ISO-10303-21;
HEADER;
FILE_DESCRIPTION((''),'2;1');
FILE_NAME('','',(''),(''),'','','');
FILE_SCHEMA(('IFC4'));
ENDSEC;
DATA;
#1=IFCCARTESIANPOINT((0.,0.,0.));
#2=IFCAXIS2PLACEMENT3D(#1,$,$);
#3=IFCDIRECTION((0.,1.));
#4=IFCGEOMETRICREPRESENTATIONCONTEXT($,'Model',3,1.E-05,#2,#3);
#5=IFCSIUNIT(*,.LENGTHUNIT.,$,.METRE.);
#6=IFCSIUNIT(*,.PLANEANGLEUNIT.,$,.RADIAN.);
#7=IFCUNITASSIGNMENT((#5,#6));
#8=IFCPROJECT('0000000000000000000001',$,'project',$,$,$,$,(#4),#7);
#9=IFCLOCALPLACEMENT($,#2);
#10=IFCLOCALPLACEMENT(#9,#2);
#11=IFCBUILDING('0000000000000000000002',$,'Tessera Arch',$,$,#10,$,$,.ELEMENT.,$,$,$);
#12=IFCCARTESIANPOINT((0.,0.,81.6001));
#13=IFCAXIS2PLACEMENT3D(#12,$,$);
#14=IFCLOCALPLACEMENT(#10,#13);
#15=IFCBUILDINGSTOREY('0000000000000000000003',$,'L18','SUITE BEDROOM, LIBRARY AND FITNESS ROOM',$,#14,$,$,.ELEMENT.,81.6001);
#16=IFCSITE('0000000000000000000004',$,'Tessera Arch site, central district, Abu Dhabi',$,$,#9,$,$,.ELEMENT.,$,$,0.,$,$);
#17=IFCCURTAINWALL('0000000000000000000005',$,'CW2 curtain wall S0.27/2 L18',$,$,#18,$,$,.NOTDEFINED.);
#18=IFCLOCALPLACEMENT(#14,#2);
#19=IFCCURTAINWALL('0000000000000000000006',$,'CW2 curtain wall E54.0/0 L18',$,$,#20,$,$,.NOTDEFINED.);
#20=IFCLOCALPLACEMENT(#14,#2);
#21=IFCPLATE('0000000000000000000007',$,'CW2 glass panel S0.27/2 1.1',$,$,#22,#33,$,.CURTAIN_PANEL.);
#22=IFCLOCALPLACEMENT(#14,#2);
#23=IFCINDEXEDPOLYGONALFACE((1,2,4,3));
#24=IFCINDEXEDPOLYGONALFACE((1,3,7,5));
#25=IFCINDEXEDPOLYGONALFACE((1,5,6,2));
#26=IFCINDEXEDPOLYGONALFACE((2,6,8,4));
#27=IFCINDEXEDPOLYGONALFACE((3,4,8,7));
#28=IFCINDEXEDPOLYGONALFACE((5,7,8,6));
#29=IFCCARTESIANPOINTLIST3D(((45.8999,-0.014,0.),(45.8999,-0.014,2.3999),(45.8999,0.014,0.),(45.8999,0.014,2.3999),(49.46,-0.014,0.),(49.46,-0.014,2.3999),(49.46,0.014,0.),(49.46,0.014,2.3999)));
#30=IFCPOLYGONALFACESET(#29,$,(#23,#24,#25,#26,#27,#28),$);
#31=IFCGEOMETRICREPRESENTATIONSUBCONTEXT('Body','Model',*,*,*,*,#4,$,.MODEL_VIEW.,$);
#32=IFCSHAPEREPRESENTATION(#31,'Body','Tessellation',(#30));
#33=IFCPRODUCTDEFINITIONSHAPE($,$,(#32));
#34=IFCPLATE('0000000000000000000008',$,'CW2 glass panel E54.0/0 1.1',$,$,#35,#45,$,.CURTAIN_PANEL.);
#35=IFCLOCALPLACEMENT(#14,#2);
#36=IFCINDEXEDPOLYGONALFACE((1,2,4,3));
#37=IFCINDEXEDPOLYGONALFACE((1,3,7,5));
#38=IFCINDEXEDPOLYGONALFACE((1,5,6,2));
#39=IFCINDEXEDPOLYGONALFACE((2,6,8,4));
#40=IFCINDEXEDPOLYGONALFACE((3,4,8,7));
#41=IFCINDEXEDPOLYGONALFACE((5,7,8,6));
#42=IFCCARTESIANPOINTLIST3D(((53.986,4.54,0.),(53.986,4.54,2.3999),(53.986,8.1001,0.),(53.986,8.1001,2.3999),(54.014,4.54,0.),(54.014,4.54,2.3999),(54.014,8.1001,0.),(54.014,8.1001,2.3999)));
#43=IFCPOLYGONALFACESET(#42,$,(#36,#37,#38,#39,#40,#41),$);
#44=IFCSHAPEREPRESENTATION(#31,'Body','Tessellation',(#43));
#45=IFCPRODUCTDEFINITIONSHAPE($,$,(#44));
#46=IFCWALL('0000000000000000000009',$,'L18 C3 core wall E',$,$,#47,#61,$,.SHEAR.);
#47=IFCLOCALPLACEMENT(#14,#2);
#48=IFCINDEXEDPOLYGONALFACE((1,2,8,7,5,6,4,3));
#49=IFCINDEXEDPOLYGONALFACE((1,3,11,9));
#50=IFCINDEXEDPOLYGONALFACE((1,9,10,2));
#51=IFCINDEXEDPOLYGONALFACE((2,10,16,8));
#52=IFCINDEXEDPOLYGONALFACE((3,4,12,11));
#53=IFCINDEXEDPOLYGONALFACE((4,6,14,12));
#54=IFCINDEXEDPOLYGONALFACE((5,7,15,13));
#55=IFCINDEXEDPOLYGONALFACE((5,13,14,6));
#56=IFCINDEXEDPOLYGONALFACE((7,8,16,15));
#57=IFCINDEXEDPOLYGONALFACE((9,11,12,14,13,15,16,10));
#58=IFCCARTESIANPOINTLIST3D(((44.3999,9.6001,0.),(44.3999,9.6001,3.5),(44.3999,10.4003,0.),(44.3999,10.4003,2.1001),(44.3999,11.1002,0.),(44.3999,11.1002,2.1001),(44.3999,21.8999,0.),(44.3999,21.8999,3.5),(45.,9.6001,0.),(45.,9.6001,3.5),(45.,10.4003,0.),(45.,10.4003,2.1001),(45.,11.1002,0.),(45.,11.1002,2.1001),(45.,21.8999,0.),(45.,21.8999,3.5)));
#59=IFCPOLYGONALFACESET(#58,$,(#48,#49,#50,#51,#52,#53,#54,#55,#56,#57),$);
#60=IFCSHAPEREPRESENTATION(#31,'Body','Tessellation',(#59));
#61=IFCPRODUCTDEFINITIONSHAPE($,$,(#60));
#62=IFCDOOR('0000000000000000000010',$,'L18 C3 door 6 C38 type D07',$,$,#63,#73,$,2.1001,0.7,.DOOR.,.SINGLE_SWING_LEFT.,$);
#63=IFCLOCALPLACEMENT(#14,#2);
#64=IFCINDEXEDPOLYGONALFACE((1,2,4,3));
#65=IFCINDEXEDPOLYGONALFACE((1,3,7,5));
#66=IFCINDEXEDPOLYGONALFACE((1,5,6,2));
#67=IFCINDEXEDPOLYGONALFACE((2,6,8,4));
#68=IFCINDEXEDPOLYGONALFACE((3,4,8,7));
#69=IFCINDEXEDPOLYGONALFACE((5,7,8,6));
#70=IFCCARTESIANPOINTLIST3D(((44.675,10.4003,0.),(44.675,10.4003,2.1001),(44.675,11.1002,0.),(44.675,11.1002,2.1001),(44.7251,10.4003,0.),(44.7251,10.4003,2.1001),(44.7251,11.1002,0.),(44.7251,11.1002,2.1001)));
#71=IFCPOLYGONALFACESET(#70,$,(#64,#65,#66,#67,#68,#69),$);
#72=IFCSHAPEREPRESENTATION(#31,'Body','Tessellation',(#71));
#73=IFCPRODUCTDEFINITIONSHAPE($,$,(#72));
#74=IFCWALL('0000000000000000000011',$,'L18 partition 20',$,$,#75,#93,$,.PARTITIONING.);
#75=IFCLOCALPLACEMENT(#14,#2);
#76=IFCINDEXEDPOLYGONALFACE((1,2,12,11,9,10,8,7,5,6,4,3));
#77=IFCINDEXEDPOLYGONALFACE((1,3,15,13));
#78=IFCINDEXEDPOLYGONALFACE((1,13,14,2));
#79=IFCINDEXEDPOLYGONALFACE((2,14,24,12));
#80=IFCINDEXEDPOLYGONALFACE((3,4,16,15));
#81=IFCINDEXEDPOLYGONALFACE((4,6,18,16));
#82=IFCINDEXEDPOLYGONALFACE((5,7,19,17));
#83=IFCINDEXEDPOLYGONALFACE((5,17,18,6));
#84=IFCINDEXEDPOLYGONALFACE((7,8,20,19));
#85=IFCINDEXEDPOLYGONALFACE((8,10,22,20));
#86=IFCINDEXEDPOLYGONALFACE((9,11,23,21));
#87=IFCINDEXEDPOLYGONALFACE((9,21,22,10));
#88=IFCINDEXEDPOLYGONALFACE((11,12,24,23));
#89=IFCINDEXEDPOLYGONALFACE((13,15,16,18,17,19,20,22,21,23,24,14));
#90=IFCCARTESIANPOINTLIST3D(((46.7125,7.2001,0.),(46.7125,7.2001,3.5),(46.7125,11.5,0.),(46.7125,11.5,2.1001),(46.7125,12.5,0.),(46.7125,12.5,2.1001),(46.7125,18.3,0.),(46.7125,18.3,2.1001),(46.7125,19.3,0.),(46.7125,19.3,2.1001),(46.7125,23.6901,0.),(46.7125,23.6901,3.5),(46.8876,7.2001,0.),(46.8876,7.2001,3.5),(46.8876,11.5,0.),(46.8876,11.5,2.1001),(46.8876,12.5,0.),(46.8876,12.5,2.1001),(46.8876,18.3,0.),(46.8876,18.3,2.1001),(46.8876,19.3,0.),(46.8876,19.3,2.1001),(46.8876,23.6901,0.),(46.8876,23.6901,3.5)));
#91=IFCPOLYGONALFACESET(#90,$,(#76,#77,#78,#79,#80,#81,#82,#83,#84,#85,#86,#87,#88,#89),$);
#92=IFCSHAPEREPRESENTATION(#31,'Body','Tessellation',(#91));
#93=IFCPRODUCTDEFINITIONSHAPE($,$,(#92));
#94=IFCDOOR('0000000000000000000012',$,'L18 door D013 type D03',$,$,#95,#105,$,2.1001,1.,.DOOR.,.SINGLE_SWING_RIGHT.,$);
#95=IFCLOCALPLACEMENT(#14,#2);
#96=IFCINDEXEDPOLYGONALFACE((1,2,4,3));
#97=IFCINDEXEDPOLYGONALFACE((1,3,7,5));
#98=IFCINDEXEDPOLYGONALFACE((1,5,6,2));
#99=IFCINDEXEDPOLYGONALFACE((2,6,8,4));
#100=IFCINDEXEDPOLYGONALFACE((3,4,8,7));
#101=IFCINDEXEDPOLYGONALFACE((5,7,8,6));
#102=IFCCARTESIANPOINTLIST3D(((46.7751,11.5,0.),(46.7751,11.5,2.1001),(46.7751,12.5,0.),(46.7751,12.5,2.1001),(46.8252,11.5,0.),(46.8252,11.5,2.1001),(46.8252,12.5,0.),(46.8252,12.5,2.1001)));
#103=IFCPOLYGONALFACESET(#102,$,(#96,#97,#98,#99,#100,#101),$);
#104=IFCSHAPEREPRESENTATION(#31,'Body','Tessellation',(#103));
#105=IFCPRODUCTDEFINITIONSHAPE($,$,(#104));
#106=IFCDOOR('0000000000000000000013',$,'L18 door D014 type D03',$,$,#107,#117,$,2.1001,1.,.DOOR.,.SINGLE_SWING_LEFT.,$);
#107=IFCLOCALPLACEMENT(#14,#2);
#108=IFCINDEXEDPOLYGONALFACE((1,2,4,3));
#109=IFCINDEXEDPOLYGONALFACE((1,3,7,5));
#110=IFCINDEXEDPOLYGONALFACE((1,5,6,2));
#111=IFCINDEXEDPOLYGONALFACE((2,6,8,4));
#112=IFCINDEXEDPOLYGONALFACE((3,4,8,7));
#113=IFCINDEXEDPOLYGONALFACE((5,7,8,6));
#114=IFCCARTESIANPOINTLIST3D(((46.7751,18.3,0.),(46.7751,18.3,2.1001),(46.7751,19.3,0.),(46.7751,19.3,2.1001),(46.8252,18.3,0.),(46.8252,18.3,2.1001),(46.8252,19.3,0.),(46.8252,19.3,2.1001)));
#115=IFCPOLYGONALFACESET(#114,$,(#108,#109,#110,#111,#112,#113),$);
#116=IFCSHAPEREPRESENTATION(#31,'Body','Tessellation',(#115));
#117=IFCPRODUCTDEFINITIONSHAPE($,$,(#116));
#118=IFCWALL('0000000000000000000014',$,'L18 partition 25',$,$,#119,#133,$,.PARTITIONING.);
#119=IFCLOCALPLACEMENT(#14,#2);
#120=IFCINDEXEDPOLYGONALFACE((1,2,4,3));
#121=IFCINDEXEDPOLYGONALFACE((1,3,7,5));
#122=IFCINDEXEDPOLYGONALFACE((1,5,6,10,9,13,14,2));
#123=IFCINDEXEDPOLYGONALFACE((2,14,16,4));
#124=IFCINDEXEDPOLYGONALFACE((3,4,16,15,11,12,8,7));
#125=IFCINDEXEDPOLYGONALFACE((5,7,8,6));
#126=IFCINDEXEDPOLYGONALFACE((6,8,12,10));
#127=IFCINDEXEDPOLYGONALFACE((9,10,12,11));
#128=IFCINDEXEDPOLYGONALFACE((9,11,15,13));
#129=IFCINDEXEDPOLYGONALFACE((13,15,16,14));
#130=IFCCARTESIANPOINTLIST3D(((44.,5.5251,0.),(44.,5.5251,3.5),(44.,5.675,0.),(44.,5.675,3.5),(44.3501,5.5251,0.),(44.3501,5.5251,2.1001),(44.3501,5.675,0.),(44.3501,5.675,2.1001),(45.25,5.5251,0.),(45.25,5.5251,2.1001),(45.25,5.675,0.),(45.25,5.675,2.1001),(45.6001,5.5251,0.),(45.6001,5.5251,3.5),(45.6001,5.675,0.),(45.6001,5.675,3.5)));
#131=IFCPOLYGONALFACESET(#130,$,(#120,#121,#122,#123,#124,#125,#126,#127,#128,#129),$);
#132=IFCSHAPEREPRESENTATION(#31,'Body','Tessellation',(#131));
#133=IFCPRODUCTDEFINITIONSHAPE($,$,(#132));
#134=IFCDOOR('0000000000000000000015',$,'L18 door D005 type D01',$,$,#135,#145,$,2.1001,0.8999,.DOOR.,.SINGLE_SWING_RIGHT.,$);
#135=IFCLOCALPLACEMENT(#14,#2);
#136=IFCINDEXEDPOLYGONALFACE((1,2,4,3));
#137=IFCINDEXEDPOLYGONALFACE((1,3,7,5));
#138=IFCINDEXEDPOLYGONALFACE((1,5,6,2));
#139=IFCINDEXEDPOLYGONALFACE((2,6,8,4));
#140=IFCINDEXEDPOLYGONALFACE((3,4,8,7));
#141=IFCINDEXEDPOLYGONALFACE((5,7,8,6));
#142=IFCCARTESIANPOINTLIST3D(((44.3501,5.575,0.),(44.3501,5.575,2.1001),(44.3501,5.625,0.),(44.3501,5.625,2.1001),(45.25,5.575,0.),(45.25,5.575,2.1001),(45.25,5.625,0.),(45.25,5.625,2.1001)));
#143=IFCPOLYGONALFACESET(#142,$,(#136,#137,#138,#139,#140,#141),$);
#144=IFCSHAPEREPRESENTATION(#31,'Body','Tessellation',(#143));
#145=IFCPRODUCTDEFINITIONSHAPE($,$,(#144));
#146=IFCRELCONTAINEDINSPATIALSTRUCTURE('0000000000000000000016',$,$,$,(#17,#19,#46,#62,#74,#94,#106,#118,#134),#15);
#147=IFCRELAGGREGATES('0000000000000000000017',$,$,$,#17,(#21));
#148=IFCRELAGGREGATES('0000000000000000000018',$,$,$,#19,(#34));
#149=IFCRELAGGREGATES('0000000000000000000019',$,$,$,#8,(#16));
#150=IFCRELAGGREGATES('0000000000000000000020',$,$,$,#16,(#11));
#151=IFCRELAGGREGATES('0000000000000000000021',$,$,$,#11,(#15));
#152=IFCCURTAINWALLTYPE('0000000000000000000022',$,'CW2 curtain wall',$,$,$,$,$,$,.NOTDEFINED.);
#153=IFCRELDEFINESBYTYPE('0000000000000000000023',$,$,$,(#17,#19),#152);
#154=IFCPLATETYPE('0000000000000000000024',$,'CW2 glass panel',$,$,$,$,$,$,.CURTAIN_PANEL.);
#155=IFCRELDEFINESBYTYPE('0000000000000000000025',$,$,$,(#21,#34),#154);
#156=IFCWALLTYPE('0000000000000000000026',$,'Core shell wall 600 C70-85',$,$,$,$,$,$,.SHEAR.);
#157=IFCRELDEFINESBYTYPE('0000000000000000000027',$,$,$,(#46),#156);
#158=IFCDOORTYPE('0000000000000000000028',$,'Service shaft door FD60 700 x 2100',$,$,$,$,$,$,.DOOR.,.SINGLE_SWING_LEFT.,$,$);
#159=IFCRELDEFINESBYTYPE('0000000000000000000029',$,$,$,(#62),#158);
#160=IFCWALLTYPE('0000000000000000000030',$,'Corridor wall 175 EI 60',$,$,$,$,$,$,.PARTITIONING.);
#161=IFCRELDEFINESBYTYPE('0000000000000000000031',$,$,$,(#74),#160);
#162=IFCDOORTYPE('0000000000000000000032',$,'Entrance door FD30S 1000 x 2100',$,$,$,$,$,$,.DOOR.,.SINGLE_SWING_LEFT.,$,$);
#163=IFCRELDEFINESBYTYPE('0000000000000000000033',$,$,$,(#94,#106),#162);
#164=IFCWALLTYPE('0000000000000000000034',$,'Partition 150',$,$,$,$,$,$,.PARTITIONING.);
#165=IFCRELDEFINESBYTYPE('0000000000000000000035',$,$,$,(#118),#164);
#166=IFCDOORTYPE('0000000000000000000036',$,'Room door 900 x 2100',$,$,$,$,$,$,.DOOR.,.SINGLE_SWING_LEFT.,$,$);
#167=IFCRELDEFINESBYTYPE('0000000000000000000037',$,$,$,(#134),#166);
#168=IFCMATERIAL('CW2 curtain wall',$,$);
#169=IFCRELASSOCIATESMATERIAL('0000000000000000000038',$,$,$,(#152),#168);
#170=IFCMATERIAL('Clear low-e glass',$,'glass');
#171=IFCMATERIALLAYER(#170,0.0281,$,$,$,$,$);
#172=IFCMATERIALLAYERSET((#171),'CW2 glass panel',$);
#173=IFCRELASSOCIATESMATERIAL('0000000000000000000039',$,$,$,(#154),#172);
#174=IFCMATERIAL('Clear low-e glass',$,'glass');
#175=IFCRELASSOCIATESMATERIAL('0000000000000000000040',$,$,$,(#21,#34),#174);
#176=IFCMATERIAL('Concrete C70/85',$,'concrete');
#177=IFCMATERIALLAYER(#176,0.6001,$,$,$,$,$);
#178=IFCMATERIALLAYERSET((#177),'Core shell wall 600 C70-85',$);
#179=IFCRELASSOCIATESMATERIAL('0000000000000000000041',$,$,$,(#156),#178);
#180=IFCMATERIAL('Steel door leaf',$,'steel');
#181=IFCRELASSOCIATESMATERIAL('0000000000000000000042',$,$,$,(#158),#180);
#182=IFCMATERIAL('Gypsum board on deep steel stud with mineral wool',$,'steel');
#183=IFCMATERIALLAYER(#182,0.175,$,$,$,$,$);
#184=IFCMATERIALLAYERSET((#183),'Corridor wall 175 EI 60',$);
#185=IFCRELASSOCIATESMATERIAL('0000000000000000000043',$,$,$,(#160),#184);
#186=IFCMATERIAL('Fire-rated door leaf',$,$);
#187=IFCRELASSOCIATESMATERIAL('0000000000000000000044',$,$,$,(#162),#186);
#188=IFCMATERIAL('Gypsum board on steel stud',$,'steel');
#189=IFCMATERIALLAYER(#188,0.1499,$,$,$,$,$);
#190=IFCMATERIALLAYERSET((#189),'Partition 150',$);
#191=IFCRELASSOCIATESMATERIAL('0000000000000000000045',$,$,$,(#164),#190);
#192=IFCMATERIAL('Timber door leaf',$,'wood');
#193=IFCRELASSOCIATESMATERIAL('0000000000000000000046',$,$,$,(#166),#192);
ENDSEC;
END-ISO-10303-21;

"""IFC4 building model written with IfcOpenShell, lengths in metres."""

from ifc_helpers import new_model, si_unit, direction, frame, frame_2d, origin, origin_2d, place, context, subcontext, project, spatial, rectangle, extrude, material, layer, layer_set, type_object, element, fill, aggregate, save


model = new_model("IFC4")

# Units and contexts
model_context = context("Model", 3, precision=1e-05, world=origin(), true_north=direction((0.0, 1.0)))
body_context = subcontext(model_context, "Body", "Model", "MODEL_VIEW")
ifc_project = project(units=[si_unit("LENGTHUNIT", "METRE"), si_unit("PLANEANGLEUNIT", "RADIAN")], contexts=[model_context])

# Site, building, storey
site_placement = place(None, origin())
site = spatial("IfcSite", under=ifc_project, at=site_placement, Name="Tessera Arch site, central district, Abu Dhabi", CompositionType="ELEMENT", RefElevation=0.0)
building_placement = place(site_placement, origin())
building = spatial("IfcBuilding", under=site, at=building_placement, Name="Tessera Arch", CompositionType="ELEMENT")
storey_placement = place(building_placement, frame((0.0, 0.0, 81.6001)))
storey = spatial("IfcBuildingStorey", under=building, at=storey_placement, Name="L18", Description="SUITE BEDROOM, LIBRARY AND FITNESS ROOM", CompositionType="ELEMENT", Elevation=81.6001)

# Curtain walls
ifc_material_1 = material(Name="CW2 curtain wall")
curtain_wall_type_1 = type_object("IfcCurtainWallType", Name="CW2 curtain wall", PredefinedType="NOTDEFINED", material=ifc_material_1)
curtain_wall_1_placement = place(storey_placement, origin())
curtain_wall_1 = element("IfcCurtainWall", 1, at=curtain_wall_1_placement, inside=storey, type_object=curtain_wall_type_1, Name="CW2 curtain wall S0.27/2 L18", PredefinedType="NOTDEFINED")
curtain_wall_2_placement = place(storey_placement, origin())
curtain_wall_2 = element("IfcCurtainWall", 2, at=curtain_wall_2_placement, inside=storey, type_object=curtain_wall_type_1, Name="CW2 curtain wall E54.0/0 L18", PredefinedType="NOTDEFINED")

# Shared definitions
ifc_material_2 = material(Name="Clear low-e glass", Category="glass")

# Plates
ifc_material_3 = material(Name="Clear low-e glass", Category="glass")
ifc_layer_1 = layer(ifc_material_3, 0.0281)
ifc_layer_set_1 = layer_set([ifc_layer_1], Name="CW2 glass panel")
plate_type_1 = type_object("IfcPlateType", Name="CW2 glass panel", PredefinedType="CURTAIN_PANEL", material=ifc_layer_set_1)
plate_1_placement = place(storey_placement, frame((47.6799, 0.0, 0.0), z_axis=(0.0, 0.0, 1.0), x_axis=(1.0, 0.0, 0.0)))
plate_1 = element("IfcPlate", 3, at=plate_1_placement, type_object=plate_type_1, material=ifc_material_2, Name="CW2 glass panel S0.27/2 1.1", PredefinedType="CURTAIN_PANEL", context=body_context, shape_type="SweptSolid", body=[
    extrude(rectangle(XDim=3.5601, YDim=0.0281, at=origin_2d()), origin(), (0.0, 0.0, 1.0), 2.3999),
])
aggregate(curtain_wall_1, [plate_1])
plate_2_placement = place(storey_placement, frame((54.0, 6.3201, 0.0), z_axis=(0.0, 0.0, 1.0), x_axis=(0.0, 1.0, 0.0)))
plate_2 = element("IfcPlate", 4, at=plate_2_placement, type_object=plate_type_1, material=ifc_material_2, Name="CW2 glass panel E54.0/0 1.1", PredefinedType="CURTAIN_PANEL", context=body_context, shape_type="SweptSolid", body=[
    extrude(rectangle(XDim=3.5601, YDim=0.0281, at=origin_2d()), origin(), (0.0, 0.0, 1.0), 2.3999),
])
aggregate(curtain_wall_2, [plate_2])

# Wall, opening, door
ifc_material_4 = material(Name="Concrete C70/85", Category="concrete")
ifc_layer_2 = layer(ifc_material_4, 0.6001)
ifc_layer_set_2 = layer_set([ifc_layer_2], Name="Core shell wall 600 C70-85")
wall_type_1 = type_object("IfcWallType", Name="Core shell wall 600 C70-85", PredefinedType="SHEAR", material=ifc_layer_set_2)
wall_1_placement = place(storey_placement, frame((44.7, 9.6001, 0.0), z_axis=(0.0, 0.0, 1.0), x_axis=(0.0, 1.0, 0.0)))
wall_1 = element("IfcWall", 5, at=wall_1_placement, inside=storey, type_object=wall_type_1, Name="L18 C3 core wall E", PredefinedType="SHEAR", context=body_context, shape_type="SweptSolid", body=[
    extrude(rectangle(XDim=12.2998, YDim=0.6001, at=frame_2d((6.1499, 0.0))), origin(), (0.0, 0.0, 1.0), 3.5),
])
opening_1_placement = place(wall_1_placement, frame((0.8, 0.0, 0.0)))
opening_1 = element("IfcOpeningElement", 6, at=opening_1_placement, cuts=wall_1, PredefinedType="OPENING", context=body_context, shape_type="SweptSolid", body=[
    extrude(rectangle(XDim=0.7, YDim=2.1001, at=frame_2d((0.3501, 1.05))), frame((0.0, 0.3101, 0.0), z_axis=(0.0, -1.0, 0.0), x_axis=(1.0, 0.0, 0.0)), (0.0, 0.0, 1.0), 0.6201),
])
ifc_material_5 = material(Name="Steel door leaf", Category="steel")
door_type_1 = type_object("IfcDoorType", Name="Service shaft door FD60 700 x 2100", OperationType="SINGLE_SWING_LEFT", PredefinedType="DOOR", material=ifc_material_5)
door_1_placement = place(opening_1_placement, origin())
door_1 = element("IfcDoor", 7, at=door_1_placement, inside=storey, type_object=door_type_1, Name="L18 C3 door 6 C38 type D07", OperationType="SINGLE_SWING_LEFT", OverallHeight=2.1001, OverallWidth=0.7, PredefinedType="DOOR", context=body_context, shape_type="SweptSolid", body=[
    extrude(rectangle(XDim=0.7, YDim=2.1001, at=frame_2d((0.3501, 1.05))), frame((0.0, 0.0249, 0.0), z_axis=(0.0, -1.0, 0.0), x_axis=(1.0, 0.0, 0.0)), (0.0, 0.0, 1.0), 0.05),
])
fill(opening_1, door_1)

# Wall, openings, doors
ifc_material_6 = material(Name="Gypsum board on deep steel stud with mineral wool", Category="steel")
ifc_layer_3 = layer(ifc_material_6, 0.175)
ifc_layer_set_3 = layer_set([ifc_layer_3], Name="Corridor wall 175 EI 60")
wall_type_2 = type_object("IfcWallType", Name="Corridor wall 175 EI 60", PredefinedType="PARTITIONING", material=ifc_layer_set_3)
wall_2_placement = place(storey_placement, frame((46.8, 7.2, 0.0), z_axis=(0.0, 0.0, 1.0), x_axis=(0.0, 1.0, 0.0)))
wall_2 = element("IfcWall", 8, at=wall_2_placement, inside=storey, type_object=wall_type_2, Name="L18 partition 20", PredefinedType="PARTITIONING", context=body_context, shape_type="SweptSolid", body=[
    extrude(rectangle(XDim=16.49, YDim=0.175, at=frame_2d((8.2451, 0.0))), origin(), (0.0, 0.0, 1.0), 3.5),
])
opening_2_placement = place(wall_2_placement, frame((4.3, 0.0, 0.0)))
opening_2 = element("IfcOpeningElement", 9, at=opening_2_placement, cuts=wall_2, PredefinedType="OPENING", context=body_context, shape_type="SweptSolid", body=[
    extrude(rectangle(XDim=1.0, YDim=2.1001, at=frame_2d((0.5, 1.05))), frame((0.0, 0.0974, 0.0), z_axis=(0.0, -1.0, 0.0), x_axis=(1.0, 0.0, 0.0)), (0.0, 0.0, 1.0), 0.1951),
])
opening_3_placement = place(wall_2_placement, frame((11.1001, 0.0, 0.0)))
opening_3 = element("IfcOpeningElement", 10, at=opening_3_placement, cuts=wall_2, PredefinedType="OPENING", context=body_context, shape_type="SweptSolid", body=[
    extrude(rectangle(XDim=1.0, YDim=2.1001, at=frame_2d((0.5, 1.05))), frame((0.0, 0.0974, 0.0), z_axis=(0.0, -1.0, 0.0), x_axis=(1.0, 0.0, 0.0)), (0.0, 0.0, 1.0), 0.1951),
])
ifc_material_7 = material(Name="Fire-rated door leaf")
door_type_2 = type_object("IfcDoorType", Name="Entrance door FD30S 1000 x 2100", OperationType="SINGLE_SWING_LEFT", PredefinedType="DOOR", material=ifc_material_7)
door_2_placement = place(opening_2_placement, origin())
door_2 = element("IfcDoor", 11, at=door_2_placement, inside=storey, type_object=door_type_2, Name="L18 door D013 type D03", OperationType="SINGLE_SWING_RIGHT", OverallHeight=2.1001, OverallWidth=1.0, PredefinedType="DOOR", context=body_context, shape_type="SweptSolid", body=[
    extrude(rectangle(XDim=1.0, YDim=2.1001, at=frame_2d((0.5, 1.05))), frame((0.0, 0.0249, 0.0), z_axis=(0.0, -1.0, 0.0), x_axis=(1.0, 0.0, 0.0)), (0.0, 0.0, 1.0), 0.05),
])
fill(opening_2, door_2)
door_3_placement = place(opening_3_placement, origin())
door_3 = element("IfcDoor", 12, at=door_3_placement, inside=storey, type_object=door_type_2, Name="L18 door D014 type D03", OperationType="SINGLE_SWING_LEFT", OverallHeight=2.1001, OverallWidth=1.0, PredefinedType="DOOR", context=body_context, shape_type="SweptSolid", body=[
    extrude(rectangle(XDim=1.0, YDim=2.1001, at=frame_2d((0.5, 1.05))), frame((0.0, 0.0249, 0.0), z_axis=(0.0, -1.0, 0.0), x_axis=(1.0, 0.0, 0.0)), (0.0, 0.0, 1.0), 0.05),
])
fill(opening_3, door_3)

# Wall, opening, door
ifc_material_8 = material(Name="Gypsum board on steel stud", Category="steel")
ifc_layer_4 = layer(ifc_material_8, 0.1499)
ifc_layer_set_4 = layer_set([ifc_layer_4], Name="Partition 150")
wall_type_3 = type_object("IfcWallType", Name="Partition 150", PredefinedType="PARTITIONING", material=ifc_layer_set_4)
wall_3_placement = place(storey_placement, frame((44.0, 5.6001, 0.0), z_axis=(0.0, 0.0, 1.0), x_axis=(1.0, 0.0, 0.0)))
wall_3 = element("IfcWall", 13, at=wall_3_placement, inside=storey, type_object=wall_type_3, Name="L18 partition 25", PredefinedType="PARTITIONING", context=body_context, shape_type="SweptSolid", body=[
    extrude(rectangle(XDim=1.6001, YDim=0.1499, at=frame_2d((0.8, 0.0))), origin(), (0.0, 0.0, 1.0), 3.5),
])
opening_4_placement = place(wall_3_placement, frame((0.3501, 0.0, 0.0)))
opening_4 = element("IfcOpeningElement", 14, at=opening_4_placement, cuts=wall_3, PredefinedType="OPENING", context=body_context, shape_type="SweptSolid", body=[
    extrude(rectangle(XDim=0.8999, YDim=2.1001, at=frame_2d((0.45, 1.05))), frame((0.0, 0.085, 0.0), z_axis=(0.0, -1.0, 0.0), x_axis=(1.0, 0.0, 0.0)), (0.0, 0.0, 1.0), 0.1699),
])
ifc_material_9 = material(Name="Timber door leaf", Category="wood")
door_type_3 = type_object("IfcDoorType", Name="Room door 900 x 2100", OperationType="SINGLE_SWING_LEFT", PredefinedType="DOOR", material=ifc_material_9)
door_4_placement = place(opening_4_placement, origin())
door_4 = element("IfcDoor", 15, at=door_4_placement, inside=storey, type_object=door_type_3, Name="L18 door D005 type D01", OperationType="SINGLE_SWING_RIGHT", OverallHeight=2.1001, OverallWidth=0.8999, PredefinedType="DOOR", context=body_context, shape_type="SweptSolid", body=[
    extrude(rectangle(XDim=0.8999, YDim=2.1001, at=frame_2d((0.45, 1.05))), frame((0.0, 0.0249, 0.0), z_axis=(0.0, -1.0, 0.0), x_axis=(1.0, 0.0, 0.0)), (0.0, 0.0, 1.0), 0.05),
])
fill(opening_4, door_4)

save(model, "model.ifc")
